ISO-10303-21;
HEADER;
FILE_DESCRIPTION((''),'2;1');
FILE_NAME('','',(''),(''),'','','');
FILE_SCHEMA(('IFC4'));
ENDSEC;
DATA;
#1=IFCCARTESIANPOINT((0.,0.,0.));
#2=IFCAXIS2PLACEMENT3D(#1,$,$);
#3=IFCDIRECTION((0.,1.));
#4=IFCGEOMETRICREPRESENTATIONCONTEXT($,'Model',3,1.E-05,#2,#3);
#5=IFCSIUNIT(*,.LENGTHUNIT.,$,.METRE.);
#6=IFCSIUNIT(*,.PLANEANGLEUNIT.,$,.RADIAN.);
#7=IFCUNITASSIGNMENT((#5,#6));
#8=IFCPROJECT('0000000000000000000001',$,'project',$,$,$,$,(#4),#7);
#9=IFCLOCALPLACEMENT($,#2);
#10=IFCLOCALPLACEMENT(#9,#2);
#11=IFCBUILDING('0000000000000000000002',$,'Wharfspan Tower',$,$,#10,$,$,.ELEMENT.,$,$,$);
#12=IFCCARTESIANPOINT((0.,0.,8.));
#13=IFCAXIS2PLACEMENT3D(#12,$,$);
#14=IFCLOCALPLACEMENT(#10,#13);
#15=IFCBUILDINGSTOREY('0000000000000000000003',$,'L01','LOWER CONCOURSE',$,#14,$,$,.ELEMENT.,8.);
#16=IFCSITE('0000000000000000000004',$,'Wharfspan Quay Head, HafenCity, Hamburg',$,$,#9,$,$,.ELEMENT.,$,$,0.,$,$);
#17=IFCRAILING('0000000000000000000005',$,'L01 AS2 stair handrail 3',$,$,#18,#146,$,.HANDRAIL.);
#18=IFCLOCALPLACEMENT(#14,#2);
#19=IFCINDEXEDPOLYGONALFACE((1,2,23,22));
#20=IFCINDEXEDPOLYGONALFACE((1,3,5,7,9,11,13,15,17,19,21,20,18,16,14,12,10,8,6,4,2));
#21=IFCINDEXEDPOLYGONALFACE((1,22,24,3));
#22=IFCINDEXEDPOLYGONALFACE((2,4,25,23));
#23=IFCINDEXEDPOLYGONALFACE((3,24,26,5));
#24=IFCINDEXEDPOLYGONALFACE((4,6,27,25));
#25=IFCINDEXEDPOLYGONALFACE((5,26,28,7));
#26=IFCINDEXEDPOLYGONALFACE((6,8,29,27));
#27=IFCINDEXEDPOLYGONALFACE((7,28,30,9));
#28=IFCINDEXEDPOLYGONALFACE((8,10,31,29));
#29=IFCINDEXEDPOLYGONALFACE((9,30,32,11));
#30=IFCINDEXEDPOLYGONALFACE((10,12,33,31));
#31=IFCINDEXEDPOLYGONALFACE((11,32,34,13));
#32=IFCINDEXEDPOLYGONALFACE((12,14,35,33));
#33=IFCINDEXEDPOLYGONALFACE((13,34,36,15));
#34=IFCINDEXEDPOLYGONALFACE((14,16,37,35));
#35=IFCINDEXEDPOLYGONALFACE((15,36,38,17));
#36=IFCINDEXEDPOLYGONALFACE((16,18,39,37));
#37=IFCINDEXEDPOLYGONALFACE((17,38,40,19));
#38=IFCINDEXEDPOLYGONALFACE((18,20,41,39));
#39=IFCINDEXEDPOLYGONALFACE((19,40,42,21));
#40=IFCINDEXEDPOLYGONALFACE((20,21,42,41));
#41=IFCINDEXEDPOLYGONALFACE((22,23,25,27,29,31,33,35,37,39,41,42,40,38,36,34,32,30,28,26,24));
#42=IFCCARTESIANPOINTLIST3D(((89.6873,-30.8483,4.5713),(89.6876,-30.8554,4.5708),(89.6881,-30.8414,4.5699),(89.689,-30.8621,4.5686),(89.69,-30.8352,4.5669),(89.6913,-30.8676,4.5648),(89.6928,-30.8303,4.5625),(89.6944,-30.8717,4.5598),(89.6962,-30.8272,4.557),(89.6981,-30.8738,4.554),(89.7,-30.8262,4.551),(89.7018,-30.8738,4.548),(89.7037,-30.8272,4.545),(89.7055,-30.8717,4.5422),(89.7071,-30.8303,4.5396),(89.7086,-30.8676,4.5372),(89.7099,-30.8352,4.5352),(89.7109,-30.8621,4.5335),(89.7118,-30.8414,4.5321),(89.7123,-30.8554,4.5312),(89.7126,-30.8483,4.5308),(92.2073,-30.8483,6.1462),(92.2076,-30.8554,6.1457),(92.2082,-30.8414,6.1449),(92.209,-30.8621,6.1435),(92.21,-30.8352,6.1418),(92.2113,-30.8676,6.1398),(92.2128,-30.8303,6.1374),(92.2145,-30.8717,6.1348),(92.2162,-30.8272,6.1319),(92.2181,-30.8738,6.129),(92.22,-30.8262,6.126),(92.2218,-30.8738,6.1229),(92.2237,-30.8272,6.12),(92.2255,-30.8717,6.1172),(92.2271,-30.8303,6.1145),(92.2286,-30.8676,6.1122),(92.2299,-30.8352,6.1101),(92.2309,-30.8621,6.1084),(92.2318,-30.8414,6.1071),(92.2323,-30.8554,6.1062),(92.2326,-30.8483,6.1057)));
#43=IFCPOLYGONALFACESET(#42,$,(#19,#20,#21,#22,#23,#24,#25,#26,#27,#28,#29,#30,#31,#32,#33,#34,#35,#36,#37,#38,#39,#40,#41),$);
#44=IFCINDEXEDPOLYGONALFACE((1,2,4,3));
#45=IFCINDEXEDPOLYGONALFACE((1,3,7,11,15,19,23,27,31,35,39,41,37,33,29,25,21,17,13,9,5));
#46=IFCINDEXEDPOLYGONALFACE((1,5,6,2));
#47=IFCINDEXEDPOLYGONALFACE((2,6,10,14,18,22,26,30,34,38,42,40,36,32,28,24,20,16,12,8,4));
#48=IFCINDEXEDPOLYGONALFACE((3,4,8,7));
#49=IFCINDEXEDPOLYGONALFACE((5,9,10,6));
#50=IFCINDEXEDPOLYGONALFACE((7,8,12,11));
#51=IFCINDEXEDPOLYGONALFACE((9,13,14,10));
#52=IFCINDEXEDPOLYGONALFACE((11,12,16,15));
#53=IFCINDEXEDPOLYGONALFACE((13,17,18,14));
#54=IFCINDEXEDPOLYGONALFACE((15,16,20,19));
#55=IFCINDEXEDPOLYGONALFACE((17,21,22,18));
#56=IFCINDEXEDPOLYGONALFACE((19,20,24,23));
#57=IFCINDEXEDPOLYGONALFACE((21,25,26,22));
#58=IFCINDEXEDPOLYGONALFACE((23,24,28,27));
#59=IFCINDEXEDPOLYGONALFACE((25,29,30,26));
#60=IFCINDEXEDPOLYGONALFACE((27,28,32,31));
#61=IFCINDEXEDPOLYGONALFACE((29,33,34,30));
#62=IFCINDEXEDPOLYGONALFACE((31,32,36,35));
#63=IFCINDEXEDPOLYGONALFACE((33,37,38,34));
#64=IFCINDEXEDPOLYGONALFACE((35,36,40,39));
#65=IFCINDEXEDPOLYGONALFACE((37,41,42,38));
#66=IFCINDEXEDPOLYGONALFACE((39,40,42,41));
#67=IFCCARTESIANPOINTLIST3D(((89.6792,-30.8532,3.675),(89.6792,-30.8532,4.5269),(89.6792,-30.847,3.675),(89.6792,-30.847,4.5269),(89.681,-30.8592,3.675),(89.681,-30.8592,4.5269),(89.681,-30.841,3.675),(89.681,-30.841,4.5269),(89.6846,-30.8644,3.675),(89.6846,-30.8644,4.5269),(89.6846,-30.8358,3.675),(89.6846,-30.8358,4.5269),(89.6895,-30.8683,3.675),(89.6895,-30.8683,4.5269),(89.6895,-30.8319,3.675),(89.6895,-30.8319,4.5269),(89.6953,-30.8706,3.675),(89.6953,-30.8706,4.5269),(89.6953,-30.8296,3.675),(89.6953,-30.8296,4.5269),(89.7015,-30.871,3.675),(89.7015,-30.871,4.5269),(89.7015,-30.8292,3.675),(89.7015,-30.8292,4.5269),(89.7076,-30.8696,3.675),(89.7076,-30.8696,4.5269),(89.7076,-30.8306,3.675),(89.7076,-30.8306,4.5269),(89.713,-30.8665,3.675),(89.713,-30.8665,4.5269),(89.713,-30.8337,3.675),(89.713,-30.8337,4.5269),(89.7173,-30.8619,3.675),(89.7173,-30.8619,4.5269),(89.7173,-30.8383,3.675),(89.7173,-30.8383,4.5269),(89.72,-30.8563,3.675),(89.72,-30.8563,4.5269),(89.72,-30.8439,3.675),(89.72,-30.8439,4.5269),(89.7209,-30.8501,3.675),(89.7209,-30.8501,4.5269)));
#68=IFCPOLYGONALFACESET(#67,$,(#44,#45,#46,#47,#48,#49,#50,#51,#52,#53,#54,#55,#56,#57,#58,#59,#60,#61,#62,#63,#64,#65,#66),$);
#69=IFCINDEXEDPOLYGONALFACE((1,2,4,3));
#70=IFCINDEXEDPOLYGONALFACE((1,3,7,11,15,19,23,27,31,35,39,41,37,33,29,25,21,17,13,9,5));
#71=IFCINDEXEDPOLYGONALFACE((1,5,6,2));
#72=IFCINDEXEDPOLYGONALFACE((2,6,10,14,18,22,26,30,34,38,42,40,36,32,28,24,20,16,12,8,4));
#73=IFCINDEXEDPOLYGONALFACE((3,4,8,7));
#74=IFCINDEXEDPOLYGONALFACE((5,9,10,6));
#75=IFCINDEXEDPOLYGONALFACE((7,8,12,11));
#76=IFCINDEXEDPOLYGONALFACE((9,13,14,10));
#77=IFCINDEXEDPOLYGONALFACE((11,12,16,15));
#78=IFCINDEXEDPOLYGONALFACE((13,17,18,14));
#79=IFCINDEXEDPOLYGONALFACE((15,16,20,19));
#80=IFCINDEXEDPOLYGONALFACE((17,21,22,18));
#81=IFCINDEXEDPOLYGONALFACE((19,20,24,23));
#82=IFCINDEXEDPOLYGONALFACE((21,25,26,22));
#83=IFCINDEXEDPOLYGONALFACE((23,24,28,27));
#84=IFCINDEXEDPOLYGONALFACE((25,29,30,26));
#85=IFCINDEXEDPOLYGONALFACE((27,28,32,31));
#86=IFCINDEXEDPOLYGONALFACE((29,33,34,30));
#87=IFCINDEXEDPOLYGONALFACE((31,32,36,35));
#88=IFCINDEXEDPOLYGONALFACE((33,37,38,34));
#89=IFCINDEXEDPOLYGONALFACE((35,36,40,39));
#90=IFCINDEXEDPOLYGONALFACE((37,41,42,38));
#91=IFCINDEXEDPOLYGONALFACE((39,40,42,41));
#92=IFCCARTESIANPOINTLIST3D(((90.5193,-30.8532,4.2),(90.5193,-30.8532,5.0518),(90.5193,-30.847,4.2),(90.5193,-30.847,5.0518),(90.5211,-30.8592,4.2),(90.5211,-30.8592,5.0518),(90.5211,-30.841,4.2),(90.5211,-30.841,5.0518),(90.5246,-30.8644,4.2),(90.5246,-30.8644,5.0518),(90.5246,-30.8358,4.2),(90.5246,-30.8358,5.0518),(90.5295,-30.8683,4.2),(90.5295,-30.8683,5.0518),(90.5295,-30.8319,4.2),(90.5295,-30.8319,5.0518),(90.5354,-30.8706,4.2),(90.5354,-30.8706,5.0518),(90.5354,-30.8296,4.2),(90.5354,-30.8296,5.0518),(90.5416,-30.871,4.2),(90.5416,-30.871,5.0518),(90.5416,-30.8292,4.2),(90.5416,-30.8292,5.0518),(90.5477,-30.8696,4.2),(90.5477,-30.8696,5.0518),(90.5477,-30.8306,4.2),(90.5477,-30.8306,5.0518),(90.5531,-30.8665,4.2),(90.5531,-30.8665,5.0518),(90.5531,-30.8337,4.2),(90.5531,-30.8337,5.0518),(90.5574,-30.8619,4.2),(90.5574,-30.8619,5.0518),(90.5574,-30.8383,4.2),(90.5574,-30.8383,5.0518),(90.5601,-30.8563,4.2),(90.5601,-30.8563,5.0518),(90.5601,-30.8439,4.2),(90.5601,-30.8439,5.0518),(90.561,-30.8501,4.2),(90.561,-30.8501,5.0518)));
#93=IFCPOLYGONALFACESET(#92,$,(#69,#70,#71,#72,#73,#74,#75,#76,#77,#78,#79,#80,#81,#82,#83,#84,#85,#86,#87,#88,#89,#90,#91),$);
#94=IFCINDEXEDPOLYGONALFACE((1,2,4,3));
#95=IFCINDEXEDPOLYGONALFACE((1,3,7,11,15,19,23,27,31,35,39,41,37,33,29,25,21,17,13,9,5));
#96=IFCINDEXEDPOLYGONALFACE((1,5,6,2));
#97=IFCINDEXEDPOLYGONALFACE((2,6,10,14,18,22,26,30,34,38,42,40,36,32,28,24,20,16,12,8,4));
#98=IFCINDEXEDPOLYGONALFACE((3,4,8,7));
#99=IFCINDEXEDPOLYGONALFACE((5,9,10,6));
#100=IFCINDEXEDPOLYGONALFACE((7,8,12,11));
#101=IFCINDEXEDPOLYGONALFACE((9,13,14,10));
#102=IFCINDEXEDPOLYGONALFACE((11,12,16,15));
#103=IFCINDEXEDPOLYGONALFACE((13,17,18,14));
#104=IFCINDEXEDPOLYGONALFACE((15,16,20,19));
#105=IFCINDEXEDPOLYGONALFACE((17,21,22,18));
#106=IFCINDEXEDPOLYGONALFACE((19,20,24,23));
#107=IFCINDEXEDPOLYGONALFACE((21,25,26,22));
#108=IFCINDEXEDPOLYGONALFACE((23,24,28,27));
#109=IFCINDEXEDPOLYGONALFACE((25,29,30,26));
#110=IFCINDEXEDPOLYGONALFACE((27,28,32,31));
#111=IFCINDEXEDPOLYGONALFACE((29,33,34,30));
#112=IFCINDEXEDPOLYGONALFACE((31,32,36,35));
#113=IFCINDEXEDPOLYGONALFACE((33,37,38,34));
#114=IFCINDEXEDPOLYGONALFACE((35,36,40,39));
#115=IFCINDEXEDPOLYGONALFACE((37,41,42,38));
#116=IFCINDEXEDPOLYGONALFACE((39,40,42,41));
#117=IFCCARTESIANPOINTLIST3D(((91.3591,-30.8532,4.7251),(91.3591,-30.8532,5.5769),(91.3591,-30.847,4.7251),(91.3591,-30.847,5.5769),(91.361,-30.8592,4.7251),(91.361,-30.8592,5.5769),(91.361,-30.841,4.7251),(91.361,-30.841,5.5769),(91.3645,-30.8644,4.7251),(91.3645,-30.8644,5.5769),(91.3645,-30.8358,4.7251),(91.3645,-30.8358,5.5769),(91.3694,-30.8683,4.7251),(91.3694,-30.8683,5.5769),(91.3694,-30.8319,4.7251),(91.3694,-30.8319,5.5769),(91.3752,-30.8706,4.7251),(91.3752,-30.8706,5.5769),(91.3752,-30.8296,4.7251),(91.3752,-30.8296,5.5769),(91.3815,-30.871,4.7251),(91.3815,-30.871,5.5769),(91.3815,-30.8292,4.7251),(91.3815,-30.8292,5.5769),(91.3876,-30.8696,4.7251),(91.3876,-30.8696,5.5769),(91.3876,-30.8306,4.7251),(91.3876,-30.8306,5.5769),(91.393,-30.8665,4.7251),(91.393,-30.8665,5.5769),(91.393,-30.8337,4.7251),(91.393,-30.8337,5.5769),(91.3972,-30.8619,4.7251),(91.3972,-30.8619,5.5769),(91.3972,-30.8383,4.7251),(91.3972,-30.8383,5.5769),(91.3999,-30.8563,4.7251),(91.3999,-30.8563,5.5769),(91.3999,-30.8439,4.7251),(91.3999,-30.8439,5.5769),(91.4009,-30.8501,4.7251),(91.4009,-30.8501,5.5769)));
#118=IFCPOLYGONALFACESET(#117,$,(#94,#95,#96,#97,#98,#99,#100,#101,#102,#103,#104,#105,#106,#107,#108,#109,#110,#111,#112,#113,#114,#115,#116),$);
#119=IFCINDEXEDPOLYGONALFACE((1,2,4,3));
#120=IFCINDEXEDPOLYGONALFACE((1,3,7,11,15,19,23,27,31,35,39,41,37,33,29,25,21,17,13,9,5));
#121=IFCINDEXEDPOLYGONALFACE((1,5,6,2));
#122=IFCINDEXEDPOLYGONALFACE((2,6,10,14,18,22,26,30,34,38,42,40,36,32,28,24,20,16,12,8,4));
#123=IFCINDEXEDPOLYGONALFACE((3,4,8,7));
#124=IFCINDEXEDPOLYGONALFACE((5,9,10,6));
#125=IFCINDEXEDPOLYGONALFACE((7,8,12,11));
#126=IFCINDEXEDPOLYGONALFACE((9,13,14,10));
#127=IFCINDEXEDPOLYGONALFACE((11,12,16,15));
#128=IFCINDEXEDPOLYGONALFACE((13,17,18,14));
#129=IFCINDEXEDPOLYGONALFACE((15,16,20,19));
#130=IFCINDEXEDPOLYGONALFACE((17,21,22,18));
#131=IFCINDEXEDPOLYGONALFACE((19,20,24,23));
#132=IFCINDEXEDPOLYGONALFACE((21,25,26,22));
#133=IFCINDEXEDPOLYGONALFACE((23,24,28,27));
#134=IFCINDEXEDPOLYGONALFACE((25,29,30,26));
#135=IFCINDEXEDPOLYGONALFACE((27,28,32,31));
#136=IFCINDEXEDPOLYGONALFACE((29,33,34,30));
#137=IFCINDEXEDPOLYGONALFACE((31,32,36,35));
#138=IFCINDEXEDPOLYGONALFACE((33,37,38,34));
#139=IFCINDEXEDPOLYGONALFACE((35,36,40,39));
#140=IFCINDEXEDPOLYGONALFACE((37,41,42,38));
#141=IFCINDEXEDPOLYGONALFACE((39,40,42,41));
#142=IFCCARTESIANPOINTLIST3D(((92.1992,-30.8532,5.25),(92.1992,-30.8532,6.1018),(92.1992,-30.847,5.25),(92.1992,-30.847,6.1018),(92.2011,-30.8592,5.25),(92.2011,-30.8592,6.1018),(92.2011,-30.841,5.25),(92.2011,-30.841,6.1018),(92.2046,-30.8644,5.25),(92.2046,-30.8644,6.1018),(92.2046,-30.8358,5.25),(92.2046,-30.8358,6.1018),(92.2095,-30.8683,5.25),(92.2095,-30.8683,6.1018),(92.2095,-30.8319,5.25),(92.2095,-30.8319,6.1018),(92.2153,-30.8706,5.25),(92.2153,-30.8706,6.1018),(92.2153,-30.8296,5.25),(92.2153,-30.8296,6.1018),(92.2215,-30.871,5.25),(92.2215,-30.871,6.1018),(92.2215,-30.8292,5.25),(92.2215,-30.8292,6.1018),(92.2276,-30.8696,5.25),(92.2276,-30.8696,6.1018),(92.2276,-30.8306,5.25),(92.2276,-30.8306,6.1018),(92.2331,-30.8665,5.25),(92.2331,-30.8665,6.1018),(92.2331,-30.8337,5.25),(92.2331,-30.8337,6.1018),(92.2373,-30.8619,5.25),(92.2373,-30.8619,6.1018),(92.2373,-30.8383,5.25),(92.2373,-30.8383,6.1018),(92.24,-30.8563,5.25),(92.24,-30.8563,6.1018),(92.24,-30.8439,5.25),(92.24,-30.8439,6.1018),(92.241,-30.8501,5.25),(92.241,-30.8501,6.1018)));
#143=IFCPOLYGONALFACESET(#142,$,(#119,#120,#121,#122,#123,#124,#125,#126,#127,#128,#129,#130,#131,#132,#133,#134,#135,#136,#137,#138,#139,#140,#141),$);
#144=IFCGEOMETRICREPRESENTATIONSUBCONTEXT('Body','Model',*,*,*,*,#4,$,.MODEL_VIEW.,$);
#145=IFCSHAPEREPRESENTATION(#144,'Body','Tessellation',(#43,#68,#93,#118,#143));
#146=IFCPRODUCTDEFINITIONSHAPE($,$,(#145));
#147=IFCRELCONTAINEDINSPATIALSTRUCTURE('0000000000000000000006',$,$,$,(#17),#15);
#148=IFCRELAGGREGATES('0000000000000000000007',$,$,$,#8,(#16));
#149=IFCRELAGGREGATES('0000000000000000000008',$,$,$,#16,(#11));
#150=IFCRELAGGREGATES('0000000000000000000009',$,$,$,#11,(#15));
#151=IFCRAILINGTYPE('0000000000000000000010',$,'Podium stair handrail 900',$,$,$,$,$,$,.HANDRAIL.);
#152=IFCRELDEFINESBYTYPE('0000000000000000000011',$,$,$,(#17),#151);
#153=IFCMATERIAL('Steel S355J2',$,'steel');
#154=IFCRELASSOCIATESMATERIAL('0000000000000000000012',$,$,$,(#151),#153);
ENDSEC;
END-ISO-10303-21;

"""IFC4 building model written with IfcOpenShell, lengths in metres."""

from ifc_helpers import new_model, si_unit, direction, frame, origin, origin_2d, place, context, subcontext, project, spatial, circle, extrude, material, type_object, element, save


model = new_model("IFC4")

# Units and contexts
model_context = context("Model", 3, precision=1e-05, world=origin(), true_north=direction((0.0, 1.0)))
body_context = subcontext(model_context, "Body", "Model", "MODEL_VIEW")
ifc_project = project(units=[si_unit("LENGTHUNIT", "METRE"), si_unit("PLANEANGLEUNIT", "RADIAN")], contexts=[model_context])

# Site, building, storey
site_placement = place(None, origin())
site = spatial("IfcSite", under=ifc_project, at=site_placement, Name="Wharfspan Quay Head, HafenCity, Hamburg", CompositionType="ELEMENT", RefElevation=0.0)
building_placement = place(site_placement, origin())
building = spatial("IfcBuilding", under=site, at=building_placement, Name="Wharfspan Tower", CompositionType="ELEMENT")
storey_placement = place(building_placement, frame((0.0, 0.0, 8.0)))
storey = spatial("IfcBuildingStorey", under=building, at=storey_placement, Name="L01", Description="LOWER CONCOURSE", CompositionType="ELEMENT", Elevation=8.0)

# Railing
ifc_material_1 = material(Name="Steel S355J2", Category="steel")
railing_type_1 = type_object("IfcRailingType", Name="Podium stair handrail 900", PredefinedType="HANDRAIL", material=ifc_material_1)
for number, where, name in (
    (1, (89.7, -30.8501, 3.675), "L01 AS2 stair handrail 3"),
):
    element("IfcRailing", number, at=place(storey_placement, frame(where)), inside=storey, type_object=railing_type_1, Name=name, PredefinedType="HANDRAIL", context=body_context, shape_type="SweptSolid", body=[
        extrude(circle(Radius=0.0239, at=origin_2d()), frame((0.0, 0.0, 0.876), z_axis=(0.848008, 0.0, 0.529984), x_axis=(0.0, 1.0, 0.0)), (0.0, 0.0, 1.0), 2.9717),
        extrude(circle(Radius=0.021, at=origin_2d()), origin(), (0.0, 0.0, 1.0), 0.8518),
        extrude(circle(Radius=0.021, at=origin_2d()), frame((0.8401, 0.0, 0.5249)), (0.0, 0.0, 1.0), 0.8518),
        extrude(circle(Radius=0.021, at=origin_2d()), frame((1.6799, 0.0, 1.05)), (0.0, 0.0, 1.0), 0.8518),
        extrude(circle(Radius=0.021, at=origin_2d()), frame((2.52, 0.0, 1.575)), (0.0, 0.0, 1.0), 0.8518),
    ])

save(model, "model.ifc")
